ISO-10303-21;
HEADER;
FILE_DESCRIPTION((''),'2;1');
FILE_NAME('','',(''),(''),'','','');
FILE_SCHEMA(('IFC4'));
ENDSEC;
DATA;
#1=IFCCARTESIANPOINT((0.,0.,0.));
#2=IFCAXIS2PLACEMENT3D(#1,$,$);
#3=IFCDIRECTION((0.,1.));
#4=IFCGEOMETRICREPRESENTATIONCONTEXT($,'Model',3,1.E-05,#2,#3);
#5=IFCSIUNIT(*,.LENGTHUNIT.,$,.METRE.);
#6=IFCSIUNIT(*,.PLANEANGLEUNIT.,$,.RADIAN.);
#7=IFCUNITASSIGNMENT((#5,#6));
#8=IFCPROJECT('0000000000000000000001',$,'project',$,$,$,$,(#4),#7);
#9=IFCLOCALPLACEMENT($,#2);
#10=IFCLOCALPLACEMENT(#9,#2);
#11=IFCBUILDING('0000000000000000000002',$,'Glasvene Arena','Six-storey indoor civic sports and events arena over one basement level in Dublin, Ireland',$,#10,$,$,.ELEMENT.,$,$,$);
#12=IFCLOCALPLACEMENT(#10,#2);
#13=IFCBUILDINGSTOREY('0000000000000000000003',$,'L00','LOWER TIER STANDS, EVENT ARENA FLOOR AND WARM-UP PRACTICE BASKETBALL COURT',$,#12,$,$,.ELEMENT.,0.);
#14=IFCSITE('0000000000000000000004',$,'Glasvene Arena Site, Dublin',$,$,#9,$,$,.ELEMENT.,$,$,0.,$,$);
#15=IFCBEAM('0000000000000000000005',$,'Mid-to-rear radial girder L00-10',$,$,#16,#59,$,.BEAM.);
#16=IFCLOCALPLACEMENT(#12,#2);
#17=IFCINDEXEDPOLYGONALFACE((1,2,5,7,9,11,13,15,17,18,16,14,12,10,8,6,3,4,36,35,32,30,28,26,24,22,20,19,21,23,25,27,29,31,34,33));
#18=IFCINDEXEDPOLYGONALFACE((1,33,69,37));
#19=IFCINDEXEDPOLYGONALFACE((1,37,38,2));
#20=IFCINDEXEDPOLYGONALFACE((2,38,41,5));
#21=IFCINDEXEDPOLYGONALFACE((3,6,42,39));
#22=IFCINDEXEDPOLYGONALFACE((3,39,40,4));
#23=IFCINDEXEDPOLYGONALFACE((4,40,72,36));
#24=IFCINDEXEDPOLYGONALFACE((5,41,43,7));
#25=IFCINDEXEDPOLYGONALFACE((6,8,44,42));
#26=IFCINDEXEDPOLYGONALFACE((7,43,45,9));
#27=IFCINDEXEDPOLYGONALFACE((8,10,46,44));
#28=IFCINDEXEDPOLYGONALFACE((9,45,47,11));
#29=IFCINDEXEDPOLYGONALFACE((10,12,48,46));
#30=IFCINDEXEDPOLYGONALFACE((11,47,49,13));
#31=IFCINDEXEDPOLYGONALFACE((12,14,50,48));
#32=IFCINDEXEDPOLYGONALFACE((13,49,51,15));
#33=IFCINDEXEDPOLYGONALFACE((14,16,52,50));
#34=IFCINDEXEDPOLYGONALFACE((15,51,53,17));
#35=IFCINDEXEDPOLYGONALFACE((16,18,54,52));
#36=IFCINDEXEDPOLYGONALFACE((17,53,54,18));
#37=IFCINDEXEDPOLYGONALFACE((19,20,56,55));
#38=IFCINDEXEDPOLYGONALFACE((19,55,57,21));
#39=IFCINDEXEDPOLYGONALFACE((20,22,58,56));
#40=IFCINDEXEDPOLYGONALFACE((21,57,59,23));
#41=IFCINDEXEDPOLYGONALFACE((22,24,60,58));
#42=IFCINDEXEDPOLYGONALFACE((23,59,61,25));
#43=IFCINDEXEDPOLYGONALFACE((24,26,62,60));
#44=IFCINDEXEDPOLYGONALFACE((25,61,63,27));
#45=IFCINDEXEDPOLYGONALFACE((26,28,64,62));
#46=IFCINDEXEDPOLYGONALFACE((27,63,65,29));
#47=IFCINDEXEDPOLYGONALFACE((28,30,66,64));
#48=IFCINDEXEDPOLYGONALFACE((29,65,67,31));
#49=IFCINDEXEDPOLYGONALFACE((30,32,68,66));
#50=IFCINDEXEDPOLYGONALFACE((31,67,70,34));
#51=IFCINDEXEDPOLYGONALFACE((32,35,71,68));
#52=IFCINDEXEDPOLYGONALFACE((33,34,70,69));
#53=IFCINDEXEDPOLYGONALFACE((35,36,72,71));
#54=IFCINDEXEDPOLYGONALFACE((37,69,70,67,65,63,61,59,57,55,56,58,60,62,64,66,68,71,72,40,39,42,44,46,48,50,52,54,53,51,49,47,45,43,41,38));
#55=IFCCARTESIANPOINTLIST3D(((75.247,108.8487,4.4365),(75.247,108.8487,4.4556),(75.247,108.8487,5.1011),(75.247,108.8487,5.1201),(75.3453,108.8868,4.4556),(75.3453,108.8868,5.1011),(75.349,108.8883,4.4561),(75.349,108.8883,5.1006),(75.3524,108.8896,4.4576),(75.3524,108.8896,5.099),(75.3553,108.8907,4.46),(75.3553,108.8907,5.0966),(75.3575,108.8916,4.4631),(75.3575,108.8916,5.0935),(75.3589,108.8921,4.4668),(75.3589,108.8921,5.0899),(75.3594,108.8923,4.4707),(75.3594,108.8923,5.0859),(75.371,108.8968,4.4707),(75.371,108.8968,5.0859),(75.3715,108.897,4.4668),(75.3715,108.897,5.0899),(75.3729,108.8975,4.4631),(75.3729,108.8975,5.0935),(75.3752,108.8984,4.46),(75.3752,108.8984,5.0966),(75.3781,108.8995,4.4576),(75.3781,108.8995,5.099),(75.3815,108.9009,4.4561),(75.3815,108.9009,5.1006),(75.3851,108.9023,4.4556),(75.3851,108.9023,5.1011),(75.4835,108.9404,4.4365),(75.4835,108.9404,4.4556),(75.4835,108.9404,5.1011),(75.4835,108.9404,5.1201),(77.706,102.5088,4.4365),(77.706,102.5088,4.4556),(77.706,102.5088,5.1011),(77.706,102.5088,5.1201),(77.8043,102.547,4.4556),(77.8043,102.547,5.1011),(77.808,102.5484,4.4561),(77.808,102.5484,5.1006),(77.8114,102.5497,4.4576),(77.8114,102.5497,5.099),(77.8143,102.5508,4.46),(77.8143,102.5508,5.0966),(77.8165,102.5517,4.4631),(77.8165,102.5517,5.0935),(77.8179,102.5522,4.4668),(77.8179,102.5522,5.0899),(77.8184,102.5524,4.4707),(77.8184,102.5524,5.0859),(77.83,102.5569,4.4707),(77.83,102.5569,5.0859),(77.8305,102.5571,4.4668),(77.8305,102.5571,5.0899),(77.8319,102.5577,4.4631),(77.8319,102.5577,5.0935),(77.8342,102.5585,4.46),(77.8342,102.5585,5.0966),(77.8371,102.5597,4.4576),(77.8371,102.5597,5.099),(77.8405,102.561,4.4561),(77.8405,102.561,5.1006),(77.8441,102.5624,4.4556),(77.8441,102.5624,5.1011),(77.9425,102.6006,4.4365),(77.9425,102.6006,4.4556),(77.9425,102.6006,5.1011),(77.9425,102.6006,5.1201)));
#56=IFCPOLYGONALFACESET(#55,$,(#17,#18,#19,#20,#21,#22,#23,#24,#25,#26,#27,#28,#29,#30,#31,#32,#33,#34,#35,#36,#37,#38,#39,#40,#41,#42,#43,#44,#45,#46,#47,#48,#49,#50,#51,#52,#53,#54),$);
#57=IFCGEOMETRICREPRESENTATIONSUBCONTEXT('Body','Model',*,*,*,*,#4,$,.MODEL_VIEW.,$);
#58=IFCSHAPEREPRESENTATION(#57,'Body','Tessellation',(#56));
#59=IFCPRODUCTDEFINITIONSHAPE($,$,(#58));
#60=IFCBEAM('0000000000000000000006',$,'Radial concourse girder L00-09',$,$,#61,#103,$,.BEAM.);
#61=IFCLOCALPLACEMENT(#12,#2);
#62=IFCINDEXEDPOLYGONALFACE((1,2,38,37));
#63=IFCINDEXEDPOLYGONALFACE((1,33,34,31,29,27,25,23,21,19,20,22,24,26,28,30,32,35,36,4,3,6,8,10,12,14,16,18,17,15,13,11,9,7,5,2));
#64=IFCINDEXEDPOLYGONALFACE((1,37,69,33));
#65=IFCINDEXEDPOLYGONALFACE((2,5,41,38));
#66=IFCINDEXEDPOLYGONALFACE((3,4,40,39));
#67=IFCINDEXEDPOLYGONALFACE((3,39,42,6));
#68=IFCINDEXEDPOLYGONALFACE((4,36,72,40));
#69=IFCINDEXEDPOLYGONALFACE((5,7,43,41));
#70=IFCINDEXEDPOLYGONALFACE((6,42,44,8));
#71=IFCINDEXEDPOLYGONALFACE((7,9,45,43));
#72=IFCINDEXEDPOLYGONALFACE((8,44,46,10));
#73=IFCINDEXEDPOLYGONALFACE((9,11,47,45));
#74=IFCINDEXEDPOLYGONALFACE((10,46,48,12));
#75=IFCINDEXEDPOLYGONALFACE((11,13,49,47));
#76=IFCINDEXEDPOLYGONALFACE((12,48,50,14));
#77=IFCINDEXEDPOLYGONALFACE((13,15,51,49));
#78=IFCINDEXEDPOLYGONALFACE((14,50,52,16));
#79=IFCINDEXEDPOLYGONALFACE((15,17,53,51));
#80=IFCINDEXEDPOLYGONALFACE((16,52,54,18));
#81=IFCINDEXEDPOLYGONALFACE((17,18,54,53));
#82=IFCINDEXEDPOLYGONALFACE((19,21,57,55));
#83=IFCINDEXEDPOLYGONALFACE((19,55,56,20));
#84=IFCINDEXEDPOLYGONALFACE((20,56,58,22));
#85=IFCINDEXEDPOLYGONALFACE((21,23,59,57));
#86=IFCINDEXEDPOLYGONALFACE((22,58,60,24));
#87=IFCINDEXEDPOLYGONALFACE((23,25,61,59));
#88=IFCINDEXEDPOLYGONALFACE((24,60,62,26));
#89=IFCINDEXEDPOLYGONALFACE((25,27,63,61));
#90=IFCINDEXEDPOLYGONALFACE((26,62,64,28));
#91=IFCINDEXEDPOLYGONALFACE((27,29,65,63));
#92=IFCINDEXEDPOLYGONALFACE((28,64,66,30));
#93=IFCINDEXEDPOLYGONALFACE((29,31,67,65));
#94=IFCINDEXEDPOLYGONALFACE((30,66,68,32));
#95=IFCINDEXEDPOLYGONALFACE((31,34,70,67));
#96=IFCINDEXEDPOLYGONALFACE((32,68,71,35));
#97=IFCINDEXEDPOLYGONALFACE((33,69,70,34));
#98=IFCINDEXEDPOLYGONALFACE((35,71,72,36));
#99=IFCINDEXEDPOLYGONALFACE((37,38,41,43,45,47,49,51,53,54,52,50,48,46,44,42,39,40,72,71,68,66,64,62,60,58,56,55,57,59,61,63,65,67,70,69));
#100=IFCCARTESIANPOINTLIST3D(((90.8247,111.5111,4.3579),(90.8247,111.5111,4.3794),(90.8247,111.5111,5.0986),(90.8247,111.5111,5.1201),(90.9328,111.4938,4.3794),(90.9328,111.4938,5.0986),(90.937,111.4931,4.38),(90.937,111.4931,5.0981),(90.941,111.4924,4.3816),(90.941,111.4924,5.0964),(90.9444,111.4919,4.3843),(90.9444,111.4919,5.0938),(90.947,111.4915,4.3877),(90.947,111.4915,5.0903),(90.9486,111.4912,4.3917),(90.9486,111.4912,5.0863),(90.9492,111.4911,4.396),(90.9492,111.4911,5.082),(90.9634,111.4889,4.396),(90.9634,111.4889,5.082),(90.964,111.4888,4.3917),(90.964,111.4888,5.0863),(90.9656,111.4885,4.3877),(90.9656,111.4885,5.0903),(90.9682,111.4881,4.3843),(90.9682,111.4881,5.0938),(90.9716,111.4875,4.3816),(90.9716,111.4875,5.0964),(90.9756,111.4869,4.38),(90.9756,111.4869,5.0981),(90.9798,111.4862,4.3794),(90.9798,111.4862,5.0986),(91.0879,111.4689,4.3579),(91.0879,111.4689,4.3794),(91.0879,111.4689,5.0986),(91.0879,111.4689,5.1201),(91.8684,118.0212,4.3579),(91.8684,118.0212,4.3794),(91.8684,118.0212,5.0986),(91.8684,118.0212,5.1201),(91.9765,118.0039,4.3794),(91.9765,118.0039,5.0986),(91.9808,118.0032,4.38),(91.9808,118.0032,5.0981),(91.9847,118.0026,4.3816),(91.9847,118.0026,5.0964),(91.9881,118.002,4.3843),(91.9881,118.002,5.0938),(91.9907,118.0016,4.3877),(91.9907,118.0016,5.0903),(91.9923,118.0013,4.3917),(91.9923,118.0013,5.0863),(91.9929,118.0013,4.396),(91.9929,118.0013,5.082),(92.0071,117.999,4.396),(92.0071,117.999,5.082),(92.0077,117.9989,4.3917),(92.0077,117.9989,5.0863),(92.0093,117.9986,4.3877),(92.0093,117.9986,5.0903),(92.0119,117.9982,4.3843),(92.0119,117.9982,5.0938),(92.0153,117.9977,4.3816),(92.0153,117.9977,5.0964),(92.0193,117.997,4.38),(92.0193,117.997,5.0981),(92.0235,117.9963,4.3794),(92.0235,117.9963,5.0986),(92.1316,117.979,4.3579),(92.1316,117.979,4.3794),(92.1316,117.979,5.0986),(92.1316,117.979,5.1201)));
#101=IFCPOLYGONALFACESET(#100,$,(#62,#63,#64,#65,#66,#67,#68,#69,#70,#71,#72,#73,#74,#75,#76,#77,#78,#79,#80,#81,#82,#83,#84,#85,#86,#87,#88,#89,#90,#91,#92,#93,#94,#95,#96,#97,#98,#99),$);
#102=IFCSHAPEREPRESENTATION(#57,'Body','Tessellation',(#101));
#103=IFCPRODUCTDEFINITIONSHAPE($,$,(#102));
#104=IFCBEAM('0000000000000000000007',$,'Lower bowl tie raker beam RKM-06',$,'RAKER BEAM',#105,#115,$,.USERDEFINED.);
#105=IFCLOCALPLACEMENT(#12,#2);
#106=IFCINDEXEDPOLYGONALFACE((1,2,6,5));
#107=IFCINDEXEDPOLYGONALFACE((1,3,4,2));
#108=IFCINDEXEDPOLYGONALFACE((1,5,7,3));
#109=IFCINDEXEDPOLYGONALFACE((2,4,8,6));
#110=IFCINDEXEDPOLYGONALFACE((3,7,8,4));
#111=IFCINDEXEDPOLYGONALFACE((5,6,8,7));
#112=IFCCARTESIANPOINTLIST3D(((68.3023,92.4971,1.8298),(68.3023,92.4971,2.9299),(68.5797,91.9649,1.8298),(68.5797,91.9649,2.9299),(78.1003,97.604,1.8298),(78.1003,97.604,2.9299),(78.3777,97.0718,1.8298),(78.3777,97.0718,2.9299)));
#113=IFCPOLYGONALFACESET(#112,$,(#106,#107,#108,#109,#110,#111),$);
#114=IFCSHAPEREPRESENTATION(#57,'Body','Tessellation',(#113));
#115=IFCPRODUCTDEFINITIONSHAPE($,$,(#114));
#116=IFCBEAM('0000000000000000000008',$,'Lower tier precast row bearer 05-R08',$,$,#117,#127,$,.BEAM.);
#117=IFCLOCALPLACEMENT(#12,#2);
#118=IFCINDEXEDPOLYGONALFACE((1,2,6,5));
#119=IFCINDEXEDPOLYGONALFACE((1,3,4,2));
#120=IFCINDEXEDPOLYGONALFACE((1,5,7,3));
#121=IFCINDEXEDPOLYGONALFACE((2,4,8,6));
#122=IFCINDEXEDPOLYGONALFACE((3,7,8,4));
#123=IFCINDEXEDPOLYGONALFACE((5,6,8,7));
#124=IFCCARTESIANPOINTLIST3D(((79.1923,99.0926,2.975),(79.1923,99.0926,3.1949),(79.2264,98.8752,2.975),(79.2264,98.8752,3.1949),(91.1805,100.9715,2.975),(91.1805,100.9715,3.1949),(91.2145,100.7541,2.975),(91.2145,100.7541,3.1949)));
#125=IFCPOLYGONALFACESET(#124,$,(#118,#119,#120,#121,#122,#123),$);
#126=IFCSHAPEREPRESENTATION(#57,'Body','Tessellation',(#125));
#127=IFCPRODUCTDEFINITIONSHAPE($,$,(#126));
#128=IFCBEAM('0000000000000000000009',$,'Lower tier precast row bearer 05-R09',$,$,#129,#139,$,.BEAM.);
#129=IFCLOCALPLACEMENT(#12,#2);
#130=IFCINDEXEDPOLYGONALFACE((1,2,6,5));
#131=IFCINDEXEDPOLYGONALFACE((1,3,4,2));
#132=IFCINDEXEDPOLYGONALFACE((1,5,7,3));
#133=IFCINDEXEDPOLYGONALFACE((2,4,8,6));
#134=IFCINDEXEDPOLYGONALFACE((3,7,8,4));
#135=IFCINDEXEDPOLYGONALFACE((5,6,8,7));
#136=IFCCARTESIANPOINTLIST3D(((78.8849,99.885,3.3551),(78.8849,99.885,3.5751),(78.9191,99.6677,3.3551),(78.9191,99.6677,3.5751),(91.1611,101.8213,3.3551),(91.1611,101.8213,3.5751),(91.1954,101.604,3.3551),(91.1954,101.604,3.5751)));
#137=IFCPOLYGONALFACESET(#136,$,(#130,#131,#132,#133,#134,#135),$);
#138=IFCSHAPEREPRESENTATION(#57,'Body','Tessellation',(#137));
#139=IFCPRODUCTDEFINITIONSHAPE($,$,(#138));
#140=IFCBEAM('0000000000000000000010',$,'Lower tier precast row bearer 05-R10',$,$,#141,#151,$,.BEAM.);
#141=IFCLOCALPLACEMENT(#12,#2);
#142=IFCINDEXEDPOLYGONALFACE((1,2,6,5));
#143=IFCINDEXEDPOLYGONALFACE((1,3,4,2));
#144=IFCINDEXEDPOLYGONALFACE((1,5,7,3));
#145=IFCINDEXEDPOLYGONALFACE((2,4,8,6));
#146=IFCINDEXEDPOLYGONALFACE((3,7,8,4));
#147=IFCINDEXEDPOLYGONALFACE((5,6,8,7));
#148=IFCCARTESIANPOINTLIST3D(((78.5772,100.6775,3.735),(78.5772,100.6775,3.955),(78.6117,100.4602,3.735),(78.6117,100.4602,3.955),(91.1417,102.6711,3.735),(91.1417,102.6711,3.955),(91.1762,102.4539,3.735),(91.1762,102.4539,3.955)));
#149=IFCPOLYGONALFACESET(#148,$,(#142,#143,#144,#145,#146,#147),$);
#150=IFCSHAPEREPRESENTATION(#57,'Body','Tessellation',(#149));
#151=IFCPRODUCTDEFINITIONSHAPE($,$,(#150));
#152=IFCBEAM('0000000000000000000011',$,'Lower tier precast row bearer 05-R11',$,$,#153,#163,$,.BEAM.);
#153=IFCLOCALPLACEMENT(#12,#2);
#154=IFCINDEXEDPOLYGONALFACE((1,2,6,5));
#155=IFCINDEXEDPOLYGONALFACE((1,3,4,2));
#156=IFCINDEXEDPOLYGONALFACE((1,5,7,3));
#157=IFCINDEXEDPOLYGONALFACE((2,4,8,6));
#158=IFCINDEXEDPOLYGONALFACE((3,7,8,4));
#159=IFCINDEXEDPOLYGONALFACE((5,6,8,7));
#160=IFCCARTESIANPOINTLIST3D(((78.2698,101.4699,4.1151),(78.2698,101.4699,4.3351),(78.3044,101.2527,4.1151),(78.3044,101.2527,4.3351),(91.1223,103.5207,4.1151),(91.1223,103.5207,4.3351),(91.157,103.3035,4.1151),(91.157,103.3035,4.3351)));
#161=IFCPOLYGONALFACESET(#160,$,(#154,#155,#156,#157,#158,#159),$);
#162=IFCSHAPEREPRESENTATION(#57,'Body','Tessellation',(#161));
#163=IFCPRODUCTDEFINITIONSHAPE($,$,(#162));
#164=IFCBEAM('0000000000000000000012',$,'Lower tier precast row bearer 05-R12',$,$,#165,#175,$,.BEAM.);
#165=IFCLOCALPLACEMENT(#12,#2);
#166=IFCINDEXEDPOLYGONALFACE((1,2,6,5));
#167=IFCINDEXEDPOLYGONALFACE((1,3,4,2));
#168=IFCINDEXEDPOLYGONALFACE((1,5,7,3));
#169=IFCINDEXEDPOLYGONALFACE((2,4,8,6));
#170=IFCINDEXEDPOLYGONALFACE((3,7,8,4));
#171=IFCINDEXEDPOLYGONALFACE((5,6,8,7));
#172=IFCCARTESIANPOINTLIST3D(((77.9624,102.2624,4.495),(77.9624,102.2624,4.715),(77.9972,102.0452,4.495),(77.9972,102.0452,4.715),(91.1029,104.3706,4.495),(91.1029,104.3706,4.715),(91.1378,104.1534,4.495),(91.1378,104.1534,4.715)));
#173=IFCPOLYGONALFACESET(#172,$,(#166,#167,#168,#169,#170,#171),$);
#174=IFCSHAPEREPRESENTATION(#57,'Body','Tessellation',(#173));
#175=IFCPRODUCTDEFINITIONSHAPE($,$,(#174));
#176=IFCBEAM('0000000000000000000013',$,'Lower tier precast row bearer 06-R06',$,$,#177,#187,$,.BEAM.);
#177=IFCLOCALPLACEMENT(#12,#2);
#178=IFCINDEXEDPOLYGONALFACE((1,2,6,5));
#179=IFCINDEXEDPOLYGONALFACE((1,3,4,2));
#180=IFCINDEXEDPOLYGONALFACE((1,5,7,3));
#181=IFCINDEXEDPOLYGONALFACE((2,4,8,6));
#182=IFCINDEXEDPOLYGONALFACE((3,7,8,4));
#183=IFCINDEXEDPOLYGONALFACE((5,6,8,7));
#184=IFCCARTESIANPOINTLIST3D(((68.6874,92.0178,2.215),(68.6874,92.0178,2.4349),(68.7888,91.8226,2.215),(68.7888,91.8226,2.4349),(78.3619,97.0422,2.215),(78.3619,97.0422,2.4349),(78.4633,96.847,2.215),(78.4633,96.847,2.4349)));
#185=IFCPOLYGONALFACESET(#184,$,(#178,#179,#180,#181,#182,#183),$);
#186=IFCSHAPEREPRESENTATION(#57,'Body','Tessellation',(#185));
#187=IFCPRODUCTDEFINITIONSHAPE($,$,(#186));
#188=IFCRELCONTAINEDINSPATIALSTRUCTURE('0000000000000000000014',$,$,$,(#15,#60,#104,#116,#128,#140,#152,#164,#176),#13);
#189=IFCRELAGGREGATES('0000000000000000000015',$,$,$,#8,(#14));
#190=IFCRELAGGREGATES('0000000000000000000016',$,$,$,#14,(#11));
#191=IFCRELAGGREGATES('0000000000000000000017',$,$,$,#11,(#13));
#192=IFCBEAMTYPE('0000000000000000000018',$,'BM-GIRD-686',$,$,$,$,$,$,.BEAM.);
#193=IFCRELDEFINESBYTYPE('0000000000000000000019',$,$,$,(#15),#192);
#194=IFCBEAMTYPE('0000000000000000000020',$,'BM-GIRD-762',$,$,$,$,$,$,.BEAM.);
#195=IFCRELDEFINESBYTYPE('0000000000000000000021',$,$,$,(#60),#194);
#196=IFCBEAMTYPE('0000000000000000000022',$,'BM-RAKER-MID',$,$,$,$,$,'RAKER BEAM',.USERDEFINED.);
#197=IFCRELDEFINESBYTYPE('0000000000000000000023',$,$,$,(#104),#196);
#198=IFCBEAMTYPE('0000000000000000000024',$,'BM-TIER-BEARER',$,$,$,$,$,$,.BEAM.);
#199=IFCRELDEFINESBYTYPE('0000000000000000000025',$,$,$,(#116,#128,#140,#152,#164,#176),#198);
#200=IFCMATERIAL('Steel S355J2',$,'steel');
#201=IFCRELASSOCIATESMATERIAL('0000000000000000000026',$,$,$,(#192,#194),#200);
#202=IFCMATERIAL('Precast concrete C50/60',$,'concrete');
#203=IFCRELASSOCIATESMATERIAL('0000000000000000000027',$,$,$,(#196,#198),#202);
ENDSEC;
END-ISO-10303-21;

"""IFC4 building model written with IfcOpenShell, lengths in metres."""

from ifc_helpers import new_model, si_unit, direction, frame, origin, origin_2d, place, context, subcontext, project, spatial, rectangle, i_section, extrude, material, material_profile, profile_set, type_object, element, save


model = new_model("IFC4")

# Units and contexts
model_context = context("Model", 3, precision=1e-05, world=origin(), true_north=direction((0.0, 1.0)))
body_context = subcontext(model_context, "Body", "Model", "MODEL_VIEW")
ifc_project = project(units=[si_unit("LENGTHUNIT", "METRE"), si_unit("PLANEANGLEUNIT", "RADIAN")], contexts=[model_context])

# Site, building, storey
site_placement = place(None, origin())
site = spatial("IfcSite", under=ifc_project, at=site_placement, Name="Glasvene Arena Site, Dublin", CompositionType="ELEMENT", RefElevation=0.0)
building_placement = place(site_placement, origin())
building = spatial("IfcBuilding", under=site, at=building_placement, Name="Glasvene Arena", Description="Six-storey indoor civic sports and events arena over one basement level in Dublin, Ireland", CompositionType="ELEMENT")
storey_placement = place(building_placement, origin())
storey = spatial("IfcBuildingStorey", under=building, at=storey_placement, Name="L00", Description="LOWER TIER STANDS, EVENT ARENA FLOOR AND WARM-UP PRACTICE BASKETBALL COURT", CompositionType="ELEMENT", Elevation=0.0)

# Shared definitions
ifc_material_1 = material(Name="Steel S355J2", Category="steel")

# Beams
ifc_material_profile_1 = material_profile(ifc_material_1, i_section(OverallWidth=0.2537, OverallDepth=0.6836, WebThickness=0.0125, FlangeThickness=0.019, FilletRadius=0.0151, at=origin_2d()), Name="UKB 686x254x140")
ifc_profile_set_1 = profile_set([ifc_material_profile_1], Name="Steel S355J2")
beam_type_1 = type_object("IfcBeamType", Name="BM-GIRD-686", PredefinedType="BEAM", material=ifc_profile_set_1)
beam_1_placement = place(storey_placement, frame((77.8242, 102.5547, 4.7783), z_axis=(-0.361614, 0.932328, 0.0), x_axis=(-0.932328, -0.361614, 0.0)))
element("IfcBeam", 1, at=beam_1_placement, inside=storey, type_object=beam_type_1, Name="Mid-to-rear radial girder L00-10", PredefinedType="BEAM", context=body_context, shape_type="SweptSolid", body=[
    extrude(i_section(OverallWidth=0.2537, OverallDepth=0.6836, WebThickness=0.0125, FlangeThickness=0.019, FilletRadius=0.0151, at=origin_2d()), origin(), (0.0, 0.0, 1.0), 6.8),
])
ifc_material_profile_2 = material_profile(ifc_material_1, i_section(OverallWidth=0.2666, OverallDepth=0.7622, WebThickness=0.0144, FlangeThickness=0.0215, FilletRadius=0.0166, at=origin_2d()), Name="UKB 762x267x173")
ifc_profile_set_2 = profile_set([ifc_material_profile_2], Name="Steel S355J2")
beam_type_2 = type_object("IfcBeamType", Name="BM-GIRD-762", PredefinedType="BEAM", material=ifc_profile_set_2)
beam_2_placement = place(storey_placement, frame((90.9563, 111.49, 4.739), z_axis=(0.158301, 0.987391, 0.0), x_axis=(-0.987391, 0.158301, 0.0)))
element("IfcBeam", 2, at=beam_2_placement, inside=storey, type_object=beam_type_2, Name="Radial concourse girder L00-09", PredefinedType="BEAM", context=body_context, shape_type="SweptSolid", body=[
    extrude(i_section(OverallWidth=0.2666, OverallDepth=0.7622, WebThickness=0.0144, FlangeThickness=0.0215, FilletRadius=0.0166, at=origin_2d()), origin(), (0.0, 0.0, 1.0), 6.5933),
])
ifc_material_2 = material(Name="Precast concrete C50/60", Category="concrete")
ifc_material_profile_3 = material_profile(ifc_material_2, rectangle(XDim=0.6001, YDim=1.1001, at=origin_2d()), Name="RC 600x1100")
ifc_profile_set_3 = profile_set([ifc_material_profile_3], Name="Precast concrete C50/60")
beam_type_3 = type_object("IfcBeamType", Name="BM-RAKER-MID", ElementType="RAKER BEAM", PredefinedType="USERDEFINED", material=ifc_profile_set_3)
beam_3_placement = place(storey_placement, frame((78.239, 97.3379, 2.3799), z_axis=(-0.886775, -0.462202, 0.0), x_axis=(0.462202, -0.886775, 0.0)))
element("IfcBeam", 3, at=beam_3_placement, inside=storey, type_object=beam_type_3, Name="Lower bowl tie raker beam RKM-06", ObjectType="RAKER BEAM", PredefinedType="USERDEFINED", context=body_context, shape_type="SweptSolid", body=[
    extrude(rectangle(XDim=0.6001, YDim=1.1001, at=origin_2d()), origin(), (0.0, 0.0, 1.0), 11.0491),
])
ifc_material_profile_4 = material_profile(ifc_material_2, rectangle(XDim=0.22, YDim=0.22, at=origin_2d()), Name="RC 220x220")
ifc_profile_set_4 = profile_set([ifc_material_profile_4], Name="Precast concrete C50/60")
beam_type_4 = type_object("IfcBeamType", Name="BM-TIER-BEARER", PredefinedType="BEAM", material=ifc_profile_set_4)
beam_4_placement = place(storey_placement, frame((91.1975, 100.8628, 3.085), z_axis=(-0.98794, -0.154838, 0.0), x_axis=(0.154838, -0.98794, 0.0)))
element("IfcBeam", 4, at=beam_4_placement, inside=storey, type_object=beam_type_4, Name="Lower tier precast row bearer 05-R08", PredefinedType="BEAM", context=body_context, shape_type="SweptSolid", body=[
    extrude(rectangle(XDim=0.22, YDim=0.22, at=origin_2d()), origin(), (0.0, 0.0, 1.0), 12.1345),
])
beam_5_placement = place(storey_placement, frame((91.1782, 101.7126, 3.4651), z_axis=(-0.987788, -0.155801, 0.0), x_axis=(0.155801, -0.987788, 0.0)))
element("IfcBeam", 5, at=beam_5_placement, inside=storey, type_object=beam_type_4, Name="Lower tier precast row bearer 05-R09", PredefinedType="BEAM", context=body_context, shape_type="SweptSolid", body=[
    extrude(rectangle(XDim=0.22, YDim=0.22, at=origin_2d()), origin(), (0.0, 0.0, 1.0), 12.428),
])
beam_6_placement = place(storey_placement, frame((91.1589, 102.5625, 3.845), z_axis=(-0.987644, -0.156713, 0.0), x_axis=(0.156713, -0.987644, 0.0)))
element("IfcBeam", 6, at=beam_6_placement, inside=storey, type_object=beam_type_4, Name="Lower tier precast row bearer 05-R10", PredefinedType="BEAM", context=body_context, shape_type="SweptSolid", body=[
    extrude(rectangle(XDim=0.22, YDim=0.22, at=origin_2d()), origin(), (0.0, 0.0, 1.0), 12.7217),
])
beam_7_placement = place(storey_placement, frame((91.1396, 103.4121, 4.2251), z_axis=(-0.987508, -0.157569, 0.0), x_axis=(0.157569, -0.987508, 0.0)))
element("IfcBeam", 7, at=beam_7_placement, inside=storey, type_object=beam_type_4, Name="Lower tier precast row bearer 05-R11", PredefinedType="BEAM", context=body_context, shape_type="SweptSolid", body=[
    extrude(rectangle(XDim=0.22, YDim=0.22, at=origin_2d()), origin(), (0.0, 0.0, 1.0), 13.0151),
])
beam_8_placement = place(storey_placement, frame((91.1204, 104.262, 4.605), z_axis=(-0.987374, -0.158405, 0.0), x_axis=(0.158405, -0.987374, 0.0)))
element("IfcBeam", 8, at=beam_8_placement, inside=storey, type_object=beam_type_4, Name="Lower tier precast row bearer 05-R12", PredefinedType="BEAM", context=body_context, shape_type="SweptSolid", body=[
    extrude(rectangle(XDim=0.22, YDim=0.22, at=origin_2d()), origin(), (0.0, 0.0, 1.0), 13.3086),
])
beam_9_placement = place(storey_placement, frame((78.4126, 96.9446, 2.325), z_axis=(-0.887455, -0.460894, 0.0), x_axis=(0.460894, -0.887455, 0.0)))
element("IfcBeam", 9, at=beam_9_placement, inside=storey, type_object=beam_type_4, Name="Lower tier precast row bearer 06-R06", PredefinedType="BEAM", context=body_context, shape_type="SweptSolid", body=[
    extrude(rectangle(XDim=0.22, YDim=0.22, at=origin_2d()), origin(), (0.0, 0.0, 1.0), 10.9014),
])

save(model, "model.ifc")
